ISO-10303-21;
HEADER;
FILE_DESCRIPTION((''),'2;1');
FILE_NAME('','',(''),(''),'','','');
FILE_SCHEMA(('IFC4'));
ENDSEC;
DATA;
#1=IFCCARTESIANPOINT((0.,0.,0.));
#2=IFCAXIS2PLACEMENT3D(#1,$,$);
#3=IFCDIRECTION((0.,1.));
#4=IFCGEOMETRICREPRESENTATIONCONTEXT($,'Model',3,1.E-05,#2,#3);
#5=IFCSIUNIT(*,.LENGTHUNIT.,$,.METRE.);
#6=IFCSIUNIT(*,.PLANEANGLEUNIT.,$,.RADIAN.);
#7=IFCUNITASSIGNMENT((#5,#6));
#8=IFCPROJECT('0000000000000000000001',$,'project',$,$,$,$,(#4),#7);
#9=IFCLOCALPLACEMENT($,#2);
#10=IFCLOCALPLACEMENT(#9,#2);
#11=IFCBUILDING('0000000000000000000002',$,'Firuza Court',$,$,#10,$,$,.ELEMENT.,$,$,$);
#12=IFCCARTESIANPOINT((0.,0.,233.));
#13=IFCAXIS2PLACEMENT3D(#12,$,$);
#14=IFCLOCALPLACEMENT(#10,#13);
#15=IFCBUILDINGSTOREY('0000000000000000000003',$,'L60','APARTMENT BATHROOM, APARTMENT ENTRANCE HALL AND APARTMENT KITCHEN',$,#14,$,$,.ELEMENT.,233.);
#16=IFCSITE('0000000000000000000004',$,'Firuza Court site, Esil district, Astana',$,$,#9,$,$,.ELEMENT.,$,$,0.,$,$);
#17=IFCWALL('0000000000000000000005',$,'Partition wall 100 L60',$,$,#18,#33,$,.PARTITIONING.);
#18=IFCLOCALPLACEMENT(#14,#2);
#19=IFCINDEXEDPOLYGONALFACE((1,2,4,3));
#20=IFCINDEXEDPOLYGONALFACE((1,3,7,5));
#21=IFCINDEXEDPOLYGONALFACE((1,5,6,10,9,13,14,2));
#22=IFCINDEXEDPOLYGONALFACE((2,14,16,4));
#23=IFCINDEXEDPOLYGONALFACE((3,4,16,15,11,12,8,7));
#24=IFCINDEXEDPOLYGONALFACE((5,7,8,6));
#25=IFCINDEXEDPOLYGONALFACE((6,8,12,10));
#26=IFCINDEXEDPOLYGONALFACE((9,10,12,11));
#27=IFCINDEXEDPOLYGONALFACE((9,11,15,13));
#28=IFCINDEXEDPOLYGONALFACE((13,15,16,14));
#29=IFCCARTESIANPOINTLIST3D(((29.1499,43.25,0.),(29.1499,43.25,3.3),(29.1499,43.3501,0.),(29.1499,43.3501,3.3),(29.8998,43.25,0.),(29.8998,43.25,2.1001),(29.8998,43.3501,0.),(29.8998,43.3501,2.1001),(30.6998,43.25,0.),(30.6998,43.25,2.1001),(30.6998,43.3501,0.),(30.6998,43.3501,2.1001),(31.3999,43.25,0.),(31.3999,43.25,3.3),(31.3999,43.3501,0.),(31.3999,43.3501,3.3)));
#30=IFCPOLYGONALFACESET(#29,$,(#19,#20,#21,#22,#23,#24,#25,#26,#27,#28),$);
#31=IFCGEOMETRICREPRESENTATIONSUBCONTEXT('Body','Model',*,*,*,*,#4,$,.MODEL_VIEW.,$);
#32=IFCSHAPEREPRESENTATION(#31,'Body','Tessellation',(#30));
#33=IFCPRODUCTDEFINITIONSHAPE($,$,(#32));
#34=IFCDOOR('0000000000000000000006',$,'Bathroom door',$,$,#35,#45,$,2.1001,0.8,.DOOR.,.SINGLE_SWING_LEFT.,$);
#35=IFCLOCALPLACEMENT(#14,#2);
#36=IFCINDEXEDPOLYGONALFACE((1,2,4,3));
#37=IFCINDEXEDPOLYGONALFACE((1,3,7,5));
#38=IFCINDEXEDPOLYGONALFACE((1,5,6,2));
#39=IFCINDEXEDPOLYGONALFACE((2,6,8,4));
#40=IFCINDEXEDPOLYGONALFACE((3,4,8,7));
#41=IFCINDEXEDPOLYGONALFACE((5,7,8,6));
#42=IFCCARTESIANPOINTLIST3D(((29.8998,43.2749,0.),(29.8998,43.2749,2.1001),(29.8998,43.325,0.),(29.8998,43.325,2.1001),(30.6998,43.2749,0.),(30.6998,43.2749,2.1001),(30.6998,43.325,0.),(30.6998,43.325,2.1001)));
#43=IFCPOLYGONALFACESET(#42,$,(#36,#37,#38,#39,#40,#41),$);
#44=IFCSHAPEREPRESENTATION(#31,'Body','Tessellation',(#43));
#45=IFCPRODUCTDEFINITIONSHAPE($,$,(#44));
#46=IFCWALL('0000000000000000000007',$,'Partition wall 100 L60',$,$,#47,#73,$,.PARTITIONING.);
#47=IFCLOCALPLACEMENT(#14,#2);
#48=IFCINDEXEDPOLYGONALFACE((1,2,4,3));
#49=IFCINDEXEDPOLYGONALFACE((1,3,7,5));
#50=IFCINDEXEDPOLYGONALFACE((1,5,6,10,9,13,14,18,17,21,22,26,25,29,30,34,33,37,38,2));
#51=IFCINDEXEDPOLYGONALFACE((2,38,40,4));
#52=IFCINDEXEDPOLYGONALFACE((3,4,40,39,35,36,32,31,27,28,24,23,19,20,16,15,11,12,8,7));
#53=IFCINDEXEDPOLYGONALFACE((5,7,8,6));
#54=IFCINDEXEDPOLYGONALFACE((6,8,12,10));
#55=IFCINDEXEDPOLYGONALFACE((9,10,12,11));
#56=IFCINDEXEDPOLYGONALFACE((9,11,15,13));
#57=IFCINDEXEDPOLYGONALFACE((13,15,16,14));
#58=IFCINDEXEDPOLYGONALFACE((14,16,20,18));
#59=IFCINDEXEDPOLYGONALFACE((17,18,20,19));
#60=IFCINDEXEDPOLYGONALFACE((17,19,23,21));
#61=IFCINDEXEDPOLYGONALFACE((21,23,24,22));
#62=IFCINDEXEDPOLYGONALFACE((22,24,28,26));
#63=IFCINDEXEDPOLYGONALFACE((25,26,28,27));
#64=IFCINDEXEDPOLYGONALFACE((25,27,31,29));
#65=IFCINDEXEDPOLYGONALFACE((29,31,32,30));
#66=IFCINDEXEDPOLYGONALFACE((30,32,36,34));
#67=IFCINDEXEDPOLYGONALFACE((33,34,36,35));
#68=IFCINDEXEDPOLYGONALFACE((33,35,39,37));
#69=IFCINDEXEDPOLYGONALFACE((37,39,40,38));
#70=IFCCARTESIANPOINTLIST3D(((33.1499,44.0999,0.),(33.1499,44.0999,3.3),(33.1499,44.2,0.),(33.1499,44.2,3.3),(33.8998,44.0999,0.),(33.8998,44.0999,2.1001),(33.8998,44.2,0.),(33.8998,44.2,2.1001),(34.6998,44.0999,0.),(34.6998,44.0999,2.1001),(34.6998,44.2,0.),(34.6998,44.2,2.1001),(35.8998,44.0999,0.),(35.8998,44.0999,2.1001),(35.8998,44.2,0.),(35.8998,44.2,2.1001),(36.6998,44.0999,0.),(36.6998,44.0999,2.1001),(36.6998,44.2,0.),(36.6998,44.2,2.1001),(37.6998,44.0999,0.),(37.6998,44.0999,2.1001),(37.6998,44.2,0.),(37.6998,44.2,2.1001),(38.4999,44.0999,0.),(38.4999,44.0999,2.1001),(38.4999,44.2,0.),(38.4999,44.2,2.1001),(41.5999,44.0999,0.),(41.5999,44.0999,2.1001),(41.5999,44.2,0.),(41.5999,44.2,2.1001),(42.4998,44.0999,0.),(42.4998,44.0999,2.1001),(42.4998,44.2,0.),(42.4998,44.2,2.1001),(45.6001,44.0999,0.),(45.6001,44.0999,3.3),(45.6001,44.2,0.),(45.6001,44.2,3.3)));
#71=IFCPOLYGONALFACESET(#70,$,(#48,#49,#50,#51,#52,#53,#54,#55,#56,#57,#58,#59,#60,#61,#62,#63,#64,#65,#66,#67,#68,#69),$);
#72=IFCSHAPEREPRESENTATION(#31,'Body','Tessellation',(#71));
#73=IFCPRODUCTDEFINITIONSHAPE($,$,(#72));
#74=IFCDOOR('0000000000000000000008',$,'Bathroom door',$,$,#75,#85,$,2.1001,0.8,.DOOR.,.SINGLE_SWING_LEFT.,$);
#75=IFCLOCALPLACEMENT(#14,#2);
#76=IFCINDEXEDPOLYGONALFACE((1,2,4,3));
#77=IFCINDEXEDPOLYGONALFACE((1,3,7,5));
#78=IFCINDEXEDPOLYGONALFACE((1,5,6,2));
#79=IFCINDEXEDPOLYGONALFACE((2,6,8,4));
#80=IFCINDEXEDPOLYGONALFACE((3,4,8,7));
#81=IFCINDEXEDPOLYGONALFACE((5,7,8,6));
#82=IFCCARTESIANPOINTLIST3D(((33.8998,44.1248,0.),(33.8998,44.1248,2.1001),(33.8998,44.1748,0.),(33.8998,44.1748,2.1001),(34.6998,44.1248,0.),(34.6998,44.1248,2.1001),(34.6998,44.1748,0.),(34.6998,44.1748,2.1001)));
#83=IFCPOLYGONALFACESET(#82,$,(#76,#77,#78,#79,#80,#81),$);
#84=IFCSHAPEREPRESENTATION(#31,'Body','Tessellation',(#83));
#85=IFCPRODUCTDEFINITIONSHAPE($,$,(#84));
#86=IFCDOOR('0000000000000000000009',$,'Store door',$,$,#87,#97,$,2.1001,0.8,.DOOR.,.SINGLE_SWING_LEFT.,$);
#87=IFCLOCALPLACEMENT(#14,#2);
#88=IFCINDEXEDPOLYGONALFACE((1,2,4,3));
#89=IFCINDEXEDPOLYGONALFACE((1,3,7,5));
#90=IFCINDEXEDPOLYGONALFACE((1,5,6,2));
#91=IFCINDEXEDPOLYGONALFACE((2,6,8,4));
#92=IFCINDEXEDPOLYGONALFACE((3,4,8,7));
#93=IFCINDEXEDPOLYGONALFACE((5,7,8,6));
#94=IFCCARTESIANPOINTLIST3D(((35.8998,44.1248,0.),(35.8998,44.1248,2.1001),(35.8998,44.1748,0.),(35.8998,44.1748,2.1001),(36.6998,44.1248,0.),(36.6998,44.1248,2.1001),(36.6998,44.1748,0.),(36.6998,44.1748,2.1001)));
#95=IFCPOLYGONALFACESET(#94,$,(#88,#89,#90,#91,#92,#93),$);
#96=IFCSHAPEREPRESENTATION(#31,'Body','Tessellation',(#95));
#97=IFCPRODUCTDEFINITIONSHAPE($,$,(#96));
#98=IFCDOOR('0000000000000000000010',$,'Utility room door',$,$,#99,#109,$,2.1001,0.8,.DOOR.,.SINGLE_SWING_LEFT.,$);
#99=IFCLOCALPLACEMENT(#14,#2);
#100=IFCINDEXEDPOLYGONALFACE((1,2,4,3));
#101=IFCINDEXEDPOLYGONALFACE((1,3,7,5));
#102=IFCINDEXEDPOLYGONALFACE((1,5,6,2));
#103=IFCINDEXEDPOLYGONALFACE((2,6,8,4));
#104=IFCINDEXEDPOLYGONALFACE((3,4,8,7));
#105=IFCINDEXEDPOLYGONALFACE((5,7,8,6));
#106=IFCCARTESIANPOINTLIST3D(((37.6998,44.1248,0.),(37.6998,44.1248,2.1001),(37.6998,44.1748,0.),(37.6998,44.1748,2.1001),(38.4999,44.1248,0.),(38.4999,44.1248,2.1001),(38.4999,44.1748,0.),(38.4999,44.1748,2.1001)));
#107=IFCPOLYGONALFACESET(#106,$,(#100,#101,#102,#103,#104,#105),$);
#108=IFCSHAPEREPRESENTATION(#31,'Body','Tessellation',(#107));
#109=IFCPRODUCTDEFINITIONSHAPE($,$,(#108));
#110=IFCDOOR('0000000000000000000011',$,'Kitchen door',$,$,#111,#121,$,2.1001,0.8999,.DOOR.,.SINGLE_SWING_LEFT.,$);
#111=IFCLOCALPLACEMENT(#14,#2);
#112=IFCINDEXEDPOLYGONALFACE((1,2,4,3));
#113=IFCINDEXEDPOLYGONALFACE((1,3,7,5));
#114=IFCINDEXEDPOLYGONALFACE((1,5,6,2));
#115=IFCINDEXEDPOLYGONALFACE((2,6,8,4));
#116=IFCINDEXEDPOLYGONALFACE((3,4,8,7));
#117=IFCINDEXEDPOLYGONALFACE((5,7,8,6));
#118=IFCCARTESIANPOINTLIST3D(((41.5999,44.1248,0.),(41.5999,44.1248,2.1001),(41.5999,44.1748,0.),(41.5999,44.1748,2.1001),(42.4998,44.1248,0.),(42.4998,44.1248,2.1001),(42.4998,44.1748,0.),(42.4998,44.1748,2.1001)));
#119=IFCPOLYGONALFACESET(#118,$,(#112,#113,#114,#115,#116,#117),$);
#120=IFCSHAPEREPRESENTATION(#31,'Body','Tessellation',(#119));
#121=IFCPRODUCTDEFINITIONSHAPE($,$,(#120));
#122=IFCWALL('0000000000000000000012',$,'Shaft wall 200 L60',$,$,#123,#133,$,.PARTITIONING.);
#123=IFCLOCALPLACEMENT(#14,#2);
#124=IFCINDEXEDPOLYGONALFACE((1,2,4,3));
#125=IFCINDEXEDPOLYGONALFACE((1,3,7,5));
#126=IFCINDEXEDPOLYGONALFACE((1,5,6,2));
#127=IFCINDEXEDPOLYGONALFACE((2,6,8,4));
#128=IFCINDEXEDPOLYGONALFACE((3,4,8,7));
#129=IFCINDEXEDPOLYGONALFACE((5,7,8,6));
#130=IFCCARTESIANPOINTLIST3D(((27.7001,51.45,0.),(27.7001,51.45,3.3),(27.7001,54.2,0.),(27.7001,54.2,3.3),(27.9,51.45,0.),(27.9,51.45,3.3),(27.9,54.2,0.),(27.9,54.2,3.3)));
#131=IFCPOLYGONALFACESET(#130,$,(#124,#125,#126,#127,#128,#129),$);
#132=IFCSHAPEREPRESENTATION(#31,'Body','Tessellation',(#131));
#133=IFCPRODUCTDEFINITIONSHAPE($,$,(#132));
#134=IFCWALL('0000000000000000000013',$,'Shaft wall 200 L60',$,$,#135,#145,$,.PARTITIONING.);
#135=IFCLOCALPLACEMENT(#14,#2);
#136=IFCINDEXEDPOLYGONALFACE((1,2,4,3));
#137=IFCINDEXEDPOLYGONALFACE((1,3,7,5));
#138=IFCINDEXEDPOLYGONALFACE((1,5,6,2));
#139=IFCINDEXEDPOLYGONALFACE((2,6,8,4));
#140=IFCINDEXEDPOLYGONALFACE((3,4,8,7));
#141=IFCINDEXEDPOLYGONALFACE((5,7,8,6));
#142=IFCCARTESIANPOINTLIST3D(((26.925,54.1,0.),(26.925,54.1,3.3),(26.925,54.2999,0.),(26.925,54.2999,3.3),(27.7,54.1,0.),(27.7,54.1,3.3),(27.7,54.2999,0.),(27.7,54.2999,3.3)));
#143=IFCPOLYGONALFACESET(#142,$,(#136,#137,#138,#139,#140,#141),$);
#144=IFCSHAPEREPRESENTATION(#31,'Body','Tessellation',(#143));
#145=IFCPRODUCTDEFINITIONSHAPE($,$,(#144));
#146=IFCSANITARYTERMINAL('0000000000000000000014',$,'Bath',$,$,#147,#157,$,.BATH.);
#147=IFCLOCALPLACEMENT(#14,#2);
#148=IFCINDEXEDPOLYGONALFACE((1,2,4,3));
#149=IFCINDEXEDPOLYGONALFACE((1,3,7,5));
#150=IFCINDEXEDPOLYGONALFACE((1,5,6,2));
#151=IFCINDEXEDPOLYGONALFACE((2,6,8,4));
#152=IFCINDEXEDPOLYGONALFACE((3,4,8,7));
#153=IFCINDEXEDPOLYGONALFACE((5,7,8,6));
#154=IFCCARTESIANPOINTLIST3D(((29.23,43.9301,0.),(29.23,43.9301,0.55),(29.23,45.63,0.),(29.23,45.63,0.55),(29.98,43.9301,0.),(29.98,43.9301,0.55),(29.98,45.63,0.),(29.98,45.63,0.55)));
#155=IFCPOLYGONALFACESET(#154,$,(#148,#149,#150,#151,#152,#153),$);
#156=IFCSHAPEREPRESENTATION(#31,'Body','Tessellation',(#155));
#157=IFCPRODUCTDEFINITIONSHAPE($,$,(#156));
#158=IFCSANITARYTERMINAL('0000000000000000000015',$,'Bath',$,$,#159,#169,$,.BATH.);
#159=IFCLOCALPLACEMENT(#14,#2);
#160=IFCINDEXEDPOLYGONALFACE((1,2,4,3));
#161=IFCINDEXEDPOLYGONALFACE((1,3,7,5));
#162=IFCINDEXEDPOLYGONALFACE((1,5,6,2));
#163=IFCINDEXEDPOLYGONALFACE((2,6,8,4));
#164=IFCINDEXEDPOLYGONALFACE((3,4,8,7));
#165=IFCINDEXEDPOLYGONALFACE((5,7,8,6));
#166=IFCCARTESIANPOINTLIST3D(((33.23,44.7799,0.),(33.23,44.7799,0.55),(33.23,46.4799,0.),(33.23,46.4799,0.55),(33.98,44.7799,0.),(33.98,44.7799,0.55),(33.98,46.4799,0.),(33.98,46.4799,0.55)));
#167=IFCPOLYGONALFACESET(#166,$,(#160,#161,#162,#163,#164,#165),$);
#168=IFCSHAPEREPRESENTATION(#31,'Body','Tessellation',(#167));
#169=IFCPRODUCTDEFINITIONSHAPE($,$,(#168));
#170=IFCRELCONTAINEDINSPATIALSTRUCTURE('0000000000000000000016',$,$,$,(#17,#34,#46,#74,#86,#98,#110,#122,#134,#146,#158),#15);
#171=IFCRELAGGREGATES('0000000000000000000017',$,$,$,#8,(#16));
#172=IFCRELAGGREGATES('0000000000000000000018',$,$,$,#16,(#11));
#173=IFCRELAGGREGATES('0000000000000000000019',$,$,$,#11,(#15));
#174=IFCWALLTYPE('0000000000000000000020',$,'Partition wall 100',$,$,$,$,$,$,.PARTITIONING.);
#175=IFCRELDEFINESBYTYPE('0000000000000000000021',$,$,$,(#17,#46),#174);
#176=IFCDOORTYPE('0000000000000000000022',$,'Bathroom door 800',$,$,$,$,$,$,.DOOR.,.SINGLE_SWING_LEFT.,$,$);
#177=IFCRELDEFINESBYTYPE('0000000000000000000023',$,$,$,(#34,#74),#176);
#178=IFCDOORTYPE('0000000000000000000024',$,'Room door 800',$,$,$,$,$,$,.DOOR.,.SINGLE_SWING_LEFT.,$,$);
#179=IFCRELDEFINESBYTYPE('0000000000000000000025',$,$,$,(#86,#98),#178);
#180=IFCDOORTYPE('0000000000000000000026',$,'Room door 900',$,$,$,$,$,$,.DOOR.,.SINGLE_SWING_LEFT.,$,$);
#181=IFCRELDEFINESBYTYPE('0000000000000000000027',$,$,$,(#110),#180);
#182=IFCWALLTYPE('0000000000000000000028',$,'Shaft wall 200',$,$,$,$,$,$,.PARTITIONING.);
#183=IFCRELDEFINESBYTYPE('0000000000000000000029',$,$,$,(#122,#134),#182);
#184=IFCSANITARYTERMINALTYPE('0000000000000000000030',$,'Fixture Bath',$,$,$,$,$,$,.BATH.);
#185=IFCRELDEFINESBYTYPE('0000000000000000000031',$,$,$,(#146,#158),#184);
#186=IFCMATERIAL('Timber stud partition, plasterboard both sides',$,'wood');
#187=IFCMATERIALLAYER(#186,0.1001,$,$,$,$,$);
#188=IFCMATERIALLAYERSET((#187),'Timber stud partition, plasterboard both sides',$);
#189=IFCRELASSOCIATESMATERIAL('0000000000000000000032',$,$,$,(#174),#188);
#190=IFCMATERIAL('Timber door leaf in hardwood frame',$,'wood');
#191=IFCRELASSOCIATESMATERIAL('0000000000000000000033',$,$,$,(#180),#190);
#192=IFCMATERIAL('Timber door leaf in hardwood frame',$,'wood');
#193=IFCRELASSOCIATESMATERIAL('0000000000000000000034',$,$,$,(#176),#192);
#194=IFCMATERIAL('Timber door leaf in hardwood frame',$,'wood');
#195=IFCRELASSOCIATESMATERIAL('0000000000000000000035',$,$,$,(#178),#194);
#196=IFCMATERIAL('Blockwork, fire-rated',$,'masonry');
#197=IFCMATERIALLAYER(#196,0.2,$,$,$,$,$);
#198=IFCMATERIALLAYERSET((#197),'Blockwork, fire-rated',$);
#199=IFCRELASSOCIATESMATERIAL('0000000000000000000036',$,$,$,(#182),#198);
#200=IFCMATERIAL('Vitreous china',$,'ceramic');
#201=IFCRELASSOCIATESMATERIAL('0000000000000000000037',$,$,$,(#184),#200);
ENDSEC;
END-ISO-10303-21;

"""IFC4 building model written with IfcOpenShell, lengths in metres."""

from ifc_helpers import new_model, si_unit, direction, frame, frame_2d, origin, origin_2d, place, context, subcontext, project, spatial, rectangle, extrude, material, layer, layer_set, type_object, element, fill, save


model = new_model("IFC4")

# Units and contexts
model_context = context("Model", 3, precision=1e-05, world=origin(), true_north=direction((0.0, 1.0)))
body_context = subcontext(model_context, "Body", "Model", "MODEL_VIEW")
ifc_project = project(units=[si_unit("LENGTHUNIT", "METRE"), si_unit("PLANEANGLEUNIT", "RADIAN")], contexts=[model_context])

# Site, building, storey
site_placement = place(None, origin())
site = spatial("IfcSite", under=ifc_project, at=site_placement, Name="Firuza Court site, Esil district, Astana", CompositionType="ELEMENT", RefElevation=0.0)
building_placement = place(site_placement, origin())
building = spatial("IfcBuilding", under=site, at=building_placement, Name="Firuza Court", CompositionType="ELEMENT")
storey_placement = place(building_placement, frame((0.0, 0.0, 233.0)))
storey = spatial("IfcBuildingStorey", under=building, at=storey_placement, Name="L60", Description="APARTMENT BATHROOM, APARTMENT ENTRANCE HALL AND APARTMENT KITCHEN", CompositionType="ELEMENT", Elevation=233.0)

# Shared definitions
ifc_material_1 = material(Name="Timber stud partition, plasterboard both sides", Category="wood")
ifc_layer_1 = layer(ifc_material_1, 0.1001)
ifc_layer_set_1 = layer_set([ifc_layer_1], Name="Timber stud partition, plasterboard both sides")
wall_type_1 = type_object("IfcWallType", Name="Partition wall 100", PredefinedType="PARTITIONING", material=ifc_layer_set_1)
ifc_material_2 = material(Name="Timber door leaf in hardwood frame", Category="wood")
door_type_1 = type_object("IfcDoorType", Name="Room door 900", OperationType="SINGLE_SWING_LEFT", PredefinedType="DOOR", material=ifc_material_2)

# Wall, opening, door
wall_1_placement = place(storey_placement, frame((29.1499, 43.3, 0.0), z_axis=(0.0, 0.0, 1.0), x_axis=(1.0, 0.0, 0.0)))
wall_1 = element("IfcWall", 1, at=wall_1_placement, inside=storey, type_object=wall_type_1, Name="Partition wall 100 L60", PredefinedType="PARTITIONING", context=body_context, shape_type="SweptSolid", body=[
    extrude(rectangle(XDim=2.25, YDim=0.1001, at=frame_2d((1.125, 0.0))), origin(), (0.0, 0.0, 1.0), 3.3),
])
opening_1_placement = place(wall_1_placement, frame((0.75, 0.0, 0.0)))
opening_1 = element("IfcOpeningElement", 2, at=opening_1_placement, cuts=wall_1, PredefinedType="OPENING", context=body_context, shape_type="SweptSolid", body=[
    extrude(rectangle(XDim=0.8, YDim=2.1001, at=frame_2d((0.3999, 1.05))), frame((0.0, 0.062, 0.0), z_axis=(0.0, -1.0, 0.0), x_axis=(1.0, 0.0, 0.0)), (0.0, 0.0, 1.0), 0.124),
])
ifc_material_3 = material(Name="Timber door leaf in hardwood frame", Category="wood")
door_type_2 = type_object("IfcDoorType", Name="Bathroom door 800", OperationType="SINGLE_SWING_LEFT", PredefinedType="DOOR", material=ifc_material_3)
door_1_placement = place(opening_1_placement, origin())
door_1 = element("IfcDoor", 3, at=door_1_placement, inside=storey, type_object=door_type_2, Name="Bathroom door", OperationType="SINGLE_SWING_LEFT", OverallHeight=2.1001, OverallWidth=0.8, PredefinedType="DOOR", context=body_context, shape_type="SweptSolid", body=[
    extrude(rectangle(XDim=0.8, YDim=2.1001, at=frame_2d((0.3999, 1.05))), frame((0.0, 0.0249, 0.0), z_axis=(0.0, -1.0, 0.0), x_axis=(1.0, 0.0, 0.0)), (0.0, 0.0, 1.0), 0.05),
])
fill(opening_1, door_1)

# Wall, openings, doors
wall_2_placement = place(storey_placement, frame((33.1499, 44.1499, 0.0), z_axis=(0.0, 0.0, 1.0), x_axis=(1.0, 0.0, 0.0)))
wall_2 = element("IfcWall", 4, at=wall_2_placement, inside=storey, type_object=wall_type_1, Name="Partition wall 100 L60", PredefinedType="PARTITIONING", context=body_context, shape_type="SweptSolid", body=[
    extrude(rectangle(XDim=12.4502, YDim=0.1001, at=frame_2d((6.2251, 0.0))), origin(), (0.0, 0.0, 1.0), 3.3),
])
opening_2_placement = place(wall_2_placement, frame((0.75, 0.0, 0.0)))
opening_2 = element("IfcOpeningElement", 5, at=opening_2_placement, cuts=wall_2, PredefinedType="OPENING", context=body_context, shape_type="SweptSolid", body=[
    extrude(rectangle(XDim=0.8, YDim=2.1001, at=frame_2d((0.3999, 1.05))), frame((0.0, 0.062, 0.0), z_axis=(0.0, -1.0, 0.0), x_axis=(1.0, 0.0, 0.0)), (0.0, 0.0, 1.0), 0.124),
])
opening_3_placement = place(wall_2_placement, frame((8.45, 0.0, 0.0)))
opening_3 = element("IfcOpeningElement", 6, at=opening_3_placement, cuts=wall_2, PredefinedType="OPENING", context=body_context, shape_type="SweptSolid", body=[
    extrude(rectangle(XDim=0.8999, YDim=2.1001, at=frame_2d((0.45, 1.05))), frame((0.0, 0.062, 0.0), z_axis=(0.0, -1.0, 0.0), x_axis=(1.0, 0.0, 0.0)), (0.0, 0.0, 1.0), 0.124),
])
opening_4_placement = place(wall_2_placement, frame((2.75, 0.0, 0.0)))
opening_4 = element("IfcOpeningElement", 7, at=opening_4_placement, cuts=wall_2, PredefinedType="OPENING", context=body_context, shape_type="SweptSolid", body=[
    extrude(rectangle(XDim=0.8, YDim=2.1001, at=frame_2d((0.3999, 1.05))), frame((0.0, 0.062, 0.0), z_axis=(0.0, -1.0, 0.0), x_axis=(1.0, 0.0, 0.0)), (0.0, 0.0, 1.0), 0.124),
])
opening_5_placement = place(wall_2_placement, frame((4.55, 0.0, 0.0)))
opening_5 = element("IfcOpeningElement", 8, at=opening_5_placement, cuts=wall_2, PredefinedType="OPENING", context=body_context, shape_type="SweptSolid", body=[
    extrude(rectangle(XDim=0.8, YDim=2.1001, at=frame_2d((0.3999, 1.05))), frame((0.0, 0.062, 0.0), z_axis=(0.0, -1.0, 0.0), x_axis=(1.0, 0.0, 0.0)), (0.0, 0.0, 1.0), 0.124),
])
door_2_placement = place(opening_2_placement, origin())
door_2 = element("IfcDoor", 9, at=door_2_placement, inside=storey, type_object=door_type_2, Name="Bathroom door", OperationType="SINGLE_SWING_LEFT", OverallHeight=2.1001, OverallWidth=0.8, PredefinedType="DOOR", context=body_context, shape_type="SweptSolid", body=[
    extrude(rectangle(XDim=0.8, YDim=2.1001, at=frame_2d((0.3999, 1.05))), frame((0.0, 0.0249, 0.0), z_axis=(0.0, -1.0, 0.0), x_axis=(1.0, 0.0, 0.0)), (0.0, 0.0, 1.0), 0.05),
])
fill(opening_2, door_2)
ifc_material_4 = material(Name="Timber door leaf in hardwood frame", Category="wood")
door_type_3 = type_object("IfcDoorType", Name="Room door 800", OperationType="SINGLE_SWING_LEFT", PredefinedType="DOOR", material=ifc_material_4)
door_3_placement = place(opening_4_placement, origin())
door_3 = element("IfcDoor", 10, at=door_3_placement, inside=storey, type_object=door_type_3, Name="Store door", OperationType="SINGLE_SWING_LEFT", OverallHeight=2.1001, OverallWidth=0.8, PredefinedType="DOOR", context=body_context, shape_type="SweptSolid", body=[
    extrude(rectangle(XDim=0.8, YDim=2.1001, at=frame_2d((0.3999, 1.05))), frame((0.0, 0.0249, 0.0), z_axis=(0.0, -1.0, 0.0), x_axis=(1.0, 0.0, 0.0)), (0.0, 0.0, 1.0), 0.05),
])
fill(opening_4, door_3)
door_4_placement = place(opening_5_placement, origin())
door_4 = element("IfcDoor", 11, at=door_4_placement, inside=storey, type_object=door_type_3, Name="Utility room door", OperationType="SINGLE_SWING_LEFT", OverallHeight=2.1001, OverallWidth=0.8, PredefinedType="DOOR", context=body_context, shape_type="SweptSolid", body=[
    extrude(rectangle(XDim=0.8, YDim=2.1001, at=frame_2d((0.3999, 1.05))), frame((0.0, 0.0249, 0.0), z_axis=(0.0, -1.0, 0.0), x_axis=(1.0, 0.0, 0.0)), (0.0, 0.0, 1.0), 0.05),
])
fill(opening_5, door_4)
door_5_placement = place(opening_3_placement, origin())
door_5 = element("IfcDoor", 12, at=door_5_placement, inside=storey, type_object=door_type_1, Name="Kitchen door", OperationType="SINGLE_SWING_LEFT", OverallHeight=2.1001, OverallWidth=0.8999, PredefinedType="DOOR", context=body_context, shape_type="SweptSolid", body=[
    extrude(rectangle(XDim=0.8999, YDim=2.1001, at=frame_2d((0.45, 1.05))), frame((0.0, 0.0249, 0.0), z_axis=(0.0, -1.0, 0.0), x_axis=(1.0, 0.0, 0.0)), (0.0, 0.0, 1.0), 0.05),
])
fill(opening_3, door_5)

# Walls
ifc_material_5 = material(Name="Blockwork, fire-rated", Category="masonry")
ifc_layer_2 = layer(ifc_material_5, 0.2)
ifc_layer_set_2 = layer_set([ifc_layer_2], Name="Blockwork, fire-rated")
wall_type_2 = type_object("IfcWallType", Name="Shaft wall 200", PredefinedType="PARTITIONING", material=ifc_layer_set_2)
wall_3_placement = place(storey_placement, frame((27.8, 51.45, 0.0), z_axis=(0.0, 0.0, 1.0), x_axis=(0.0, 1.0, 0.0)))
element("IfcWall", 13, at=wall_3_placement, inside=storey, type_object=wall_type_2, Name="Shaft wall 200 L60", PredefinedType="PARTITIONING", context=body_context, shape_type="SweptSolid", body=[
    extrude(rectangle(XDim=2.75, YDim=0.2, at=frame_2d((1.375, 0.0))), origin(), (0.0, 0.0, 1.0), 3.3),
])
wall_4_placement = place(storey_placement, frame((26.925, 54.2, 0.0), z_axis=(0.0, 0.0, 1.0), x_axis=(1.0, 0.0, 0.0)))
element("IfcWall", 14, at=wall_4_placement, inside=storey, type_object=wall_type_2, Name="Shaft wall 200 L60", PredefinedType="PARTITIONING", context=body_context, shape_type="SweptSolid", body=[
    extrude(rectangle(XDim=0.7749, YDim=0.2, at=frame_2d((0.3875, 0.0))), origin(), (0.0, 0.0, 1.0), 3.3),
])

# Sanitary terminals
ifc_material_6 = material(Name="Vitreous china", Category="ceramic")
sanitary_terminal_type_1 = type_object("IfcSanitaryTerminalType", Name="Fixture Bath", PredefinedType="BATH", material=ifc_material_6)
for number, where, z_axis, x_axis, name in (
    (15, (29.605, 44.78, 0.0), (0.0, 0.0, 1.0), (1.0, 0.0, 0.0), "Bath"),
    (16, (33.605, 45.6299, 0.0), (0.0, 0.0, 1.0), (1.0, 0.0, 0.0), "Bath"),
):
    element("IfcSanitaryTerminal", number, at=place(storey_placement, frame(where, z_axis=z_axis, x_axis=x_axis)), inside=storey, type_object=sanitary_terminal_type_1, Name=name, PredefinedType="BATH", context=body_context, shape_type="SweptSolid", body=[
        extrude(rectangle(XDim=0.75, YDim=1.7, at=origin_2d()), origin(), (0.0, 0.0, 1.0), 0.55),
    ])

save(model, "model.ifc")
